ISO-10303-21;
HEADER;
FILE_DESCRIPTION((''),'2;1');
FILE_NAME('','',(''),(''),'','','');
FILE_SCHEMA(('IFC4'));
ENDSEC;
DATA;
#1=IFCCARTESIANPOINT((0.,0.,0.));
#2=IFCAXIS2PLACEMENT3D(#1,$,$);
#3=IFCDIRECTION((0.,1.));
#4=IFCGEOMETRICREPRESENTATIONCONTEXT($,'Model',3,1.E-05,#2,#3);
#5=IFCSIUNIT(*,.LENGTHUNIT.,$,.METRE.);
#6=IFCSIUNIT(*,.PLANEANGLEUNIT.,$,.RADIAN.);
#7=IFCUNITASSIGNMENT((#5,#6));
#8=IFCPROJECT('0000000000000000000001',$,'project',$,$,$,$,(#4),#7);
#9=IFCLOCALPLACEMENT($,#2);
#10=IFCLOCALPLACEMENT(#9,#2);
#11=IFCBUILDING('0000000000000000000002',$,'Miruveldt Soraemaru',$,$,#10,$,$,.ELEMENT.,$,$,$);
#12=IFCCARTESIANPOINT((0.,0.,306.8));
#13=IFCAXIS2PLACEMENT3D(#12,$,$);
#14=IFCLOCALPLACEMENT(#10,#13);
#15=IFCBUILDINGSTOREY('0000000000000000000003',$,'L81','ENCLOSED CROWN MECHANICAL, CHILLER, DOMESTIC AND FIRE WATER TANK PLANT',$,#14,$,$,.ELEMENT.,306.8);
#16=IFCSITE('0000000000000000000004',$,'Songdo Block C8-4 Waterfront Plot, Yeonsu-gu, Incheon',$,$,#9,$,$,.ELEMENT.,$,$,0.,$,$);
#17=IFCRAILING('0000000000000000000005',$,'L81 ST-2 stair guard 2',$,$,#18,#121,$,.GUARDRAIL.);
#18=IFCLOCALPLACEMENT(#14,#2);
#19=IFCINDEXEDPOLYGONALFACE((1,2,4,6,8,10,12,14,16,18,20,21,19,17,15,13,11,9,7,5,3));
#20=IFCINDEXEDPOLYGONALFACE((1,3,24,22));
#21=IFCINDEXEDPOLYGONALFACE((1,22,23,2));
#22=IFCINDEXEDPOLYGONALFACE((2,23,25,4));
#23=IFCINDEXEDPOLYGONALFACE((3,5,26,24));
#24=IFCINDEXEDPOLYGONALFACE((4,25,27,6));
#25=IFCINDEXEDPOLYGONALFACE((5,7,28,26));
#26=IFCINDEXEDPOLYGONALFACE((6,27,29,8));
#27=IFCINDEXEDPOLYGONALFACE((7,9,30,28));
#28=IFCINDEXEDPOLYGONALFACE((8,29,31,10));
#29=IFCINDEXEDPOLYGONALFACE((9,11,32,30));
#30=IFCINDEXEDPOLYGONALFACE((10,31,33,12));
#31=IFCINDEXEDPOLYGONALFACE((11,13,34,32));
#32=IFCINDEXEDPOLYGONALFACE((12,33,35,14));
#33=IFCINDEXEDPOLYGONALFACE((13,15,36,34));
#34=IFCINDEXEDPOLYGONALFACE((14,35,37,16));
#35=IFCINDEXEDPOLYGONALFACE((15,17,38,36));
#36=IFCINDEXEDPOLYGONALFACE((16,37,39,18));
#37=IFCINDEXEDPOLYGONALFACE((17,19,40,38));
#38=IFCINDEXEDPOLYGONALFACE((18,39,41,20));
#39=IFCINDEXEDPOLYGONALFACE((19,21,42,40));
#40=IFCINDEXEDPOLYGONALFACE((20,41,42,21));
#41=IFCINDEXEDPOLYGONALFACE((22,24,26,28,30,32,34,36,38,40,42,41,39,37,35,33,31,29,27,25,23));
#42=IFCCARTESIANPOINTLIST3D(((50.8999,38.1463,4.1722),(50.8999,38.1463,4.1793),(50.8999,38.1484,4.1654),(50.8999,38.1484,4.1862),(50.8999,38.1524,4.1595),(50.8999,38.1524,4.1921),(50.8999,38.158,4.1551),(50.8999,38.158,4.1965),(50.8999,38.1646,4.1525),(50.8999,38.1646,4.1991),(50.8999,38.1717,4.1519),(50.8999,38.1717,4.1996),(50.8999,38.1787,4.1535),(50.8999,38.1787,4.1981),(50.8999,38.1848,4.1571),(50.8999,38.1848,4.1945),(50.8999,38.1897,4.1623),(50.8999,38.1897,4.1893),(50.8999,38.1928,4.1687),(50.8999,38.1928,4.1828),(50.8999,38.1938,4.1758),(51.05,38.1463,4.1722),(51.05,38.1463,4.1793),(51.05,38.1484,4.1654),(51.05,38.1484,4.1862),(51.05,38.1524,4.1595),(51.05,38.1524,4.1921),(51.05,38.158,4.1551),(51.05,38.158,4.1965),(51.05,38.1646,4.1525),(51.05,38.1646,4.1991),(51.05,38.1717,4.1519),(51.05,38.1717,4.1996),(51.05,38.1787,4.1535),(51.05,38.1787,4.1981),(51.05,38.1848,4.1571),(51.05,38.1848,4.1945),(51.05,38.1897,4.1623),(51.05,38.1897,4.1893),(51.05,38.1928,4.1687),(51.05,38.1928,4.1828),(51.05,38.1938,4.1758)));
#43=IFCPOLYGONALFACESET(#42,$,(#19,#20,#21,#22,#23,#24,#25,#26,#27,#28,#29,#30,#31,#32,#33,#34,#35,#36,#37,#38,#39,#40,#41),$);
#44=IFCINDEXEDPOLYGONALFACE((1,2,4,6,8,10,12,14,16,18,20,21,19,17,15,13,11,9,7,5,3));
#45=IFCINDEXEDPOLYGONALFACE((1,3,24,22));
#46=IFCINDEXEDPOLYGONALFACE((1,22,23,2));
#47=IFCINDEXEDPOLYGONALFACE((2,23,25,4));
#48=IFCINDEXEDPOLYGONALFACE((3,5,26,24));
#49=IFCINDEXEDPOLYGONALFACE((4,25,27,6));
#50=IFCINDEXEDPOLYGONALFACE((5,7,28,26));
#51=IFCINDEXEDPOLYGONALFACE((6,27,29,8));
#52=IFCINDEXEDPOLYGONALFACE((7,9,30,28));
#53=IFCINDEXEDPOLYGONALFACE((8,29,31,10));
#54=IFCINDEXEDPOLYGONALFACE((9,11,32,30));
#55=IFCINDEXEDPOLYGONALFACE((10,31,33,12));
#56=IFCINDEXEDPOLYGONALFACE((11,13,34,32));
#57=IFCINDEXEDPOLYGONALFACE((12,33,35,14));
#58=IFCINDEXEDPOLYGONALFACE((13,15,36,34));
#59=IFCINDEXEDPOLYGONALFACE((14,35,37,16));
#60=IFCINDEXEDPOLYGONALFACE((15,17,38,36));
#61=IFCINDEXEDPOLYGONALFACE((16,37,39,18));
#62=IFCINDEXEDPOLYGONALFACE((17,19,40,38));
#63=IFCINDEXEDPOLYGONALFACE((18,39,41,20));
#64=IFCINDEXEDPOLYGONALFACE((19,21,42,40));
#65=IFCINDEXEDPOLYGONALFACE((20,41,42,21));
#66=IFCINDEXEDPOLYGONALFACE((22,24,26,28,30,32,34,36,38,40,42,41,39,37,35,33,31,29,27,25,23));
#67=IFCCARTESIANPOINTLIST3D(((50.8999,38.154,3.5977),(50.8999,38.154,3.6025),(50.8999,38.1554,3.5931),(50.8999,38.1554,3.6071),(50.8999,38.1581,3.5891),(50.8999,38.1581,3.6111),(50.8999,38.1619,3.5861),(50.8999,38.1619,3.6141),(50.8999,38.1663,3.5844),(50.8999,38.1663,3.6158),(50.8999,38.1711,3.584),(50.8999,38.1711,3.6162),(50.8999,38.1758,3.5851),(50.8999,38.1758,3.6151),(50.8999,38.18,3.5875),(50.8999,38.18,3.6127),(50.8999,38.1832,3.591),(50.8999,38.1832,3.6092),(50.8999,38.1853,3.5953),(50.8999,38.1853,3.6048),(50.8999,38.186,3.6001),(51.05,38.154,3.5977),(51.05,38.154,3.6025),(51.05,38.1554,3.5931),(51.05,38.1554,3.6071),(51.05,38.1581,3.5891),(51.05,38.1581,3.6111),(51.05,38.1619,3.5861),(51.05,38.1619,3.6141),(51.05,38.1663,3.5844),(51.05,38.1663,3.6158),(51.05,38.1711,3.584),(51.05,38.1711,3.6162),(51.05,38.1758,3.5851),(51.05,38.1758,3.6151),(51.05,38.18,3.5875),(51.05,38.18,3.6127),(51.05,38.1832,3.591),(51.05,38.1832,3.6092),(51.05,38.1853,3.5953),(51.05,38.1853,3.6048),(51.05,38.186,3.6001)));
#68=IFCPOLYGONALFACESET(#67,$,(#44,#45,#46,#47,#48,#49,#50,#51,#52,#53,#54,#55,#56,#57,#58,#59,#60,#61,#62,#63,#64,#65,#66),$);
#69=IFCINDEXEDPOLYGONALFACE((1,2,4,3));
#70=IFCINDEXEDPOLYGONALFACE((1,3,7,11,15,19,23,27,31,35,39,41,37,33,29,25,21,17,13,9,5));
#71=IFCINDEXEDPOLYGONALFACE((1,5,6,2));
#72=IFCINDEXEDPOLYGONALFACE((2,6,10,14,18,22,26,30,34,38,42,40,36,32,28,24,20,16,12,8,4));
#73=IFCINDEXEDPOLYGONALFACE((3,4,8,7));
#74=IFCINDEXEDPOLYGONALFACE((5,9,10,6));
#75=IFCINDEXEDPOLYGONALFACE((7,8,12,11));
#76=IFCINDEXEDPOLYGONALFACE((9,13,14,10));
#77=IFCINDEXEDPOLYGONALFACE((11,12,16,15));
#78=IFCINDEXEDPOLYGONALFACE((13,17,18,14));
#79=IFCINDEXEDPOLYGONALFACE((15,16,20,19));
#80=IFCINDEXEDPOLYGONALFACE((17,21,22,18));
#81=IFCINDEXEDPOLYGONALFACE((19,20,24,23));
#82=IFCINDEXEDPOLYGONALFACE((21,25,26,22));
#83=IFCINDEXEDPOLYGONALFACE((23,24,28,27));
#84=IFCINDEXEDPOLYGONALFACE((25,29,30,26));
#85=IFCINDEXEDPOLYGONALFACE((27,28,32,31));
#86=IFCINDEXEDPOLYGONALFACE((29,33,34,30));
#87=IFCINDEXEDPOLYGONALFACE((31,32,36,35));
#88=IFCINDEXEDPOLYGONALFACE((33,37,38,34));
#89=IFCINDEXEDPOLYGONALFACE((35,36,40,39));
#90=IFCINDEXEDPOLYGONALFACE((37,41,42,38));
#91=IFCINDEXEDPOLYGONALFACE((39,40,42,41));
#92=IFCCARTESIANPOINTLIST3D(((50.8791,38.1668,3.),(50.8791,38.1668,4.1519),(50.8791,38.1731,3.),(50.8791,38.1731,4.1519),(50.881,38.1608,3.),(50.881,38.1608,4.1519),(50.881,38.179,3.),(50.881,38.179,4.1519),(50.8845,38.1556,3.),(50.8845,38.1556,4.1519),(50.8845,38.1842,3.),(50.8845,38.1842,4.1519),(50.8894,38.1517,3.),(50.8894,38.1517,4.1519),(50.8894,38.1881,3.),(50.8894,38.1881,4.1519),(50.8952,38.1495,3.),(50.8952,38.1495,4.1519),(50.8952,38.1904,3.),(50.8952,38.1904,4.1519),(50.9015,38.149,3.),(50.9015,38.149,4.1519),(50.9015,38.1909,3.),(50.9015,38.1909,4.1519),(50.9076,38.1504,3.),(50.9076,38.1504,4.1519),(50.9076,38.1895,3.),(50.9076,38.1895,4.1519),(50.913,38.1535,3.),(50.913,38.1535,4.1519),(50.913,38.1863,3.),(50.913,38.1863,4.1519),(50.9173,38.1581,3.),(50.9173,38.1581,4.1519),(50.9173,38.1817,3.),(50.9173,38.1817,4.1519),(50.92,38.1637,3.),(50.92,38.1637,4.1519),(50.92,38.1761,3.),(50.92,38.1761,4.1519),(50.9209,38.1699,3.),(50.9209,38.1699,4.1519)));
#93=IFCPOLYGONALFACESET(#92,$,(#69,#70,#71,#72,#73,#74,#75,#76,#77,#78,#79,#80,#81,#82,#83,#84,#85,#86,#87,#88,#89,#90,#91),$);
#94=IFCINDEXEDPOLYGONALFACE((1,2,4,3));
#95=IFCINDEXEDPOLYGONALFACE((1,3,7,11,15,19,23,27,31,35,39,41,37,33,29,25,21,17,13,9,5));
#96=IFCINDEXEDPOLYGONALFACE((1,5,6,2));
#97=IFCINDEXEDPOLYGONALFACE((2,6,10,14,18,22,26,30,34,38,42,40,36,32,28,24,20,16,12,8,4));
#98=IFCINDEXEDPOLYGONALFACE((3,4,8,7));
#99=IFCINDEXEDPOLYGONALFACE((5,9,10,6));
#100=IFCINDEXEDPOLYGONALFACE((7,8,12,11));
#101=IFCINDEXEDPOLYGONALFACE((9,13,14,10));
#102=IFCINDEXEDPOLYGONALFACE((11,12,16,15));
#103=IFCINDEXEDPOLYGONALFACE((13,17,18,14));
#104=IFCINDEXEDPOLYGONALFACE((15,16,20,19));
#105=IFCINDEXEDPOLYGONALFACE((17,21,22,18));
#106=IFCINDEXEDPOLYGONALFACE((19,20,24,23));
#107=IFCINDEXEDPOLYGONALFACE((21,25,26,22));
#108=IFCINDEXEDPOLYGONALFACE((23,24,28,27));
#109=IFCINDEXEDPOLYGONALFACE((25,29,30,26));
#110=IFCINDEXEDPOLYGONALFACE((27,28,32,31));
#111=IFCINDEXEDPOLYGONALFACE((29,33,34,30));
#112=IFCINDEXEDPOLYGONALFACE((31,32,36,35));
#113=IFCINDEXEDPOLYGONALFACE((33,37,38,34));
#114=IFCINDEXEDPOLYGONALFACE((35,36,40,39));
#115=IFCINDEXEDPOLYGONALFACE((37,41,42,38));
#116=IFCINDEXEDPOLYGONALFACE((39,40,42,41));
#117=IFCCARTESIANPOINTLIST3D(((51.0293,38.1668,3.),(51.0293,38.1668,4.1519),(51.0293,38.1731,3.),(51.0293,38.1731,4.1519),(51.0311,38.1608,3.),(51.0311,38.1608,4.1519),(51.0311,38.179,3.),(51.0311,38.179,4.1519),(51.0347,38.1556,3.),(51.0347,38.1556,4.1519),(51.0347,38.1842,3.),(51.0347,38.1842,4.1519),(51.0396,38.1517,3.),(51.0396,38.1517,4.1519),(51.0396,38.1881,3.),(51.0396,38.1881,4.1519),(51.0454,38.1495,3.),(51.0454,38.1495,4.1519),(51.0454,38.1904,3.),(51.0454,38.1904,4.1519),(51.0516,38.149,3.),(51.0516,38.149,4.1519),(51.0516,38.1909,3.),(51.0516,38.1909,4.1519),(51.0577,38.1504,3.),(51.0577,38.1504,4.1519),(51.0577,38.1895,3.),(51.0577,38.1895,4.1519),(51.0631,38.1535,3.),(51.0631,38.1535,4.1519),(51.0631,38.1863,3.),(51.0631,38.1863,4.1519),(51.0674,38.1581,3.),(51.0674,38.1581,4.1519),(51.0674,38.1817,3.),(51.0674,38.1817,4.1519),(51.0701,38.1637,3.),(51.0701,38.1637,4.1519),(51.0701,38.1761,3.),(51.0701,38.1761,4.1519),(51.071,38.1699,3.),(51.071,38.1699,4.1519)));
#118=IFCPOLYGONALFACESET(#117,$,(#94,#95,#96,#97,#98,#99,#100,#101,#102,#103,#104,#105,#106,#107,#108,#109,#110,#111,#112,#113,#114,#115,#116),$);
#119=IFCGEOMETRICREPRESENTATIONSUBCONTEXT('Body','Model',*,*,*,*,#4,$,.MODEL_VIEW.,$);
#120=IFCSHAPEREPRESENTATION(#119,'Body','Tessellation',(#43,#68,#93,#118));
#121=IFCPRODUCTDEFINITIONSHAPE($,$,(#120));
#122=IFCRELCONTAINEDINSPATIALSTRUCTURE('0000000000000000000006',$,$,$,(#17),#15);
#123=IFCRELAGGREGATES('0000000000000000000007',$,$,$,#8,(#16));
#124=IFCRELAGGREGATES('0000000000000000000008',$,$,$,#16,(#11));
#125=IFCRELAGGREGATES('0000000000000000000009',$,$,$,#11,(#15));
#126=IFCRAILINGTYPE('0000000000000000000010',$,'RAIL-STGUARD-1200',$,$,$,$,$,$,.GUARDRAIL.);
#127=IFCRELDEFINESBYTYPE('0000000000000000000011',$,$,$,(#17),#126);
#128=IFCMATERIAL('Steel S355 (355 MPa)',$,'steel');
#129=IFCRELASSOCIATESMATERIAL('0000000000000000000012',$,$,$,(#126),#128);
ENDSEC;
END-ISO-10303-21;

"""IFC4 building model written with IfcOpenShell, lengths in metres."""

from ifc_helpers import new_model, si_unit, direction, frame, origin, origin_2d, place, context, subcontext, project, spatial, circle, extrude, material, type_object, element, save


model = new_model("IFC4")

# Units and contexts
model_context = context("Model", 3, precision=1e-05, world=origin(), true_north=direction((0.0, 1.0)))
body_context = subcontext(model_context, "Body", "Model", "MODEL_VIEW")
ifc_project = project(units=[si_unit("LENGTHUNIT", "METRE"), si_unit("PLANEANGLEUNIT", "RADIAN")], contexts=[model_context])

# Site, building, storey
site_placement = place(None, origin())
site = spatial("IfcSite", under=ifc_project, at=site_placement, Name="Songdo Block C8-4 Waterfront Plot, Yeonsu-gu, Incheon", CompositionType="ELEMENT", RefElevation=0.0)
building_placement = place(site_placement, origin())
building = spatial("IfcBuilding", under=site, at=building_placement, Name="Miruveldt Soraemaru", CompositionType="ELEMENT")
storey_placement = place(building_placement, frame((0.0, 0.0, 306.8)))
storey = spatial("IfcBuildingStorey", under=building, at=storey_placement, Name="L81", Description="ENCLOSED CROWN MECHANICAL, CHILLER, DOMESTIC AND FIRE WATER TANK PLANT", CompositionType="ELEMENT", Elevation=306.8)

# Railing
ifc_material_1 = material(Name="Steel S355 (355 MPa)", Category="steel")
railing_type_1 = type_object("IfcRailingType", Name="RAIL-STGUARD-1200", PredefinedType="GUARDRAIL", material=ifc_material_1)
for number, where, name in (
    (1, (50.8999, 38.1699, 3.0), "L81 ST-2 stair guard 2"),
):
    element("IfcRailing", number, at=place(storey_placement, frame(where)), inside=storey, type_object=railing_type_1, Name=name, PredefinedType="GUARDRAIL", context=body_context, shape_type="SweptSolid", body=[
        extrude(circle(Radius=0.0239, at=origin_2d()), frame((0.0, 0.0, 1.1758), z_axis=(1.0, 0.0, 0.0), x_axis=(0.0, 1.0, 0.0)), (0.0, 0.0, 1.0), 0.1501),
        extrude(circle(Radius=0.0161, at=origin_2d()), frame((0.0, 0.0, 0.6001), z_axis=(1.0, 0.0, 0.0), x_axis=(0.0, 1.0, 0.0)), (0.0, 0.0, 1.0), 0.1501),
        extrude(circle(Radius=0.021, at=origin_2d()), origin(), (0.0, 0.0, 1.0), 1.1519),
        extrude(circle(Radius=0.021, at=origin_2d()), frame((0.1501, 0.0, 0.0)), (0.0, 0.0, 1.0), 1.1519),
    ])

save(model, "model.ifc")
